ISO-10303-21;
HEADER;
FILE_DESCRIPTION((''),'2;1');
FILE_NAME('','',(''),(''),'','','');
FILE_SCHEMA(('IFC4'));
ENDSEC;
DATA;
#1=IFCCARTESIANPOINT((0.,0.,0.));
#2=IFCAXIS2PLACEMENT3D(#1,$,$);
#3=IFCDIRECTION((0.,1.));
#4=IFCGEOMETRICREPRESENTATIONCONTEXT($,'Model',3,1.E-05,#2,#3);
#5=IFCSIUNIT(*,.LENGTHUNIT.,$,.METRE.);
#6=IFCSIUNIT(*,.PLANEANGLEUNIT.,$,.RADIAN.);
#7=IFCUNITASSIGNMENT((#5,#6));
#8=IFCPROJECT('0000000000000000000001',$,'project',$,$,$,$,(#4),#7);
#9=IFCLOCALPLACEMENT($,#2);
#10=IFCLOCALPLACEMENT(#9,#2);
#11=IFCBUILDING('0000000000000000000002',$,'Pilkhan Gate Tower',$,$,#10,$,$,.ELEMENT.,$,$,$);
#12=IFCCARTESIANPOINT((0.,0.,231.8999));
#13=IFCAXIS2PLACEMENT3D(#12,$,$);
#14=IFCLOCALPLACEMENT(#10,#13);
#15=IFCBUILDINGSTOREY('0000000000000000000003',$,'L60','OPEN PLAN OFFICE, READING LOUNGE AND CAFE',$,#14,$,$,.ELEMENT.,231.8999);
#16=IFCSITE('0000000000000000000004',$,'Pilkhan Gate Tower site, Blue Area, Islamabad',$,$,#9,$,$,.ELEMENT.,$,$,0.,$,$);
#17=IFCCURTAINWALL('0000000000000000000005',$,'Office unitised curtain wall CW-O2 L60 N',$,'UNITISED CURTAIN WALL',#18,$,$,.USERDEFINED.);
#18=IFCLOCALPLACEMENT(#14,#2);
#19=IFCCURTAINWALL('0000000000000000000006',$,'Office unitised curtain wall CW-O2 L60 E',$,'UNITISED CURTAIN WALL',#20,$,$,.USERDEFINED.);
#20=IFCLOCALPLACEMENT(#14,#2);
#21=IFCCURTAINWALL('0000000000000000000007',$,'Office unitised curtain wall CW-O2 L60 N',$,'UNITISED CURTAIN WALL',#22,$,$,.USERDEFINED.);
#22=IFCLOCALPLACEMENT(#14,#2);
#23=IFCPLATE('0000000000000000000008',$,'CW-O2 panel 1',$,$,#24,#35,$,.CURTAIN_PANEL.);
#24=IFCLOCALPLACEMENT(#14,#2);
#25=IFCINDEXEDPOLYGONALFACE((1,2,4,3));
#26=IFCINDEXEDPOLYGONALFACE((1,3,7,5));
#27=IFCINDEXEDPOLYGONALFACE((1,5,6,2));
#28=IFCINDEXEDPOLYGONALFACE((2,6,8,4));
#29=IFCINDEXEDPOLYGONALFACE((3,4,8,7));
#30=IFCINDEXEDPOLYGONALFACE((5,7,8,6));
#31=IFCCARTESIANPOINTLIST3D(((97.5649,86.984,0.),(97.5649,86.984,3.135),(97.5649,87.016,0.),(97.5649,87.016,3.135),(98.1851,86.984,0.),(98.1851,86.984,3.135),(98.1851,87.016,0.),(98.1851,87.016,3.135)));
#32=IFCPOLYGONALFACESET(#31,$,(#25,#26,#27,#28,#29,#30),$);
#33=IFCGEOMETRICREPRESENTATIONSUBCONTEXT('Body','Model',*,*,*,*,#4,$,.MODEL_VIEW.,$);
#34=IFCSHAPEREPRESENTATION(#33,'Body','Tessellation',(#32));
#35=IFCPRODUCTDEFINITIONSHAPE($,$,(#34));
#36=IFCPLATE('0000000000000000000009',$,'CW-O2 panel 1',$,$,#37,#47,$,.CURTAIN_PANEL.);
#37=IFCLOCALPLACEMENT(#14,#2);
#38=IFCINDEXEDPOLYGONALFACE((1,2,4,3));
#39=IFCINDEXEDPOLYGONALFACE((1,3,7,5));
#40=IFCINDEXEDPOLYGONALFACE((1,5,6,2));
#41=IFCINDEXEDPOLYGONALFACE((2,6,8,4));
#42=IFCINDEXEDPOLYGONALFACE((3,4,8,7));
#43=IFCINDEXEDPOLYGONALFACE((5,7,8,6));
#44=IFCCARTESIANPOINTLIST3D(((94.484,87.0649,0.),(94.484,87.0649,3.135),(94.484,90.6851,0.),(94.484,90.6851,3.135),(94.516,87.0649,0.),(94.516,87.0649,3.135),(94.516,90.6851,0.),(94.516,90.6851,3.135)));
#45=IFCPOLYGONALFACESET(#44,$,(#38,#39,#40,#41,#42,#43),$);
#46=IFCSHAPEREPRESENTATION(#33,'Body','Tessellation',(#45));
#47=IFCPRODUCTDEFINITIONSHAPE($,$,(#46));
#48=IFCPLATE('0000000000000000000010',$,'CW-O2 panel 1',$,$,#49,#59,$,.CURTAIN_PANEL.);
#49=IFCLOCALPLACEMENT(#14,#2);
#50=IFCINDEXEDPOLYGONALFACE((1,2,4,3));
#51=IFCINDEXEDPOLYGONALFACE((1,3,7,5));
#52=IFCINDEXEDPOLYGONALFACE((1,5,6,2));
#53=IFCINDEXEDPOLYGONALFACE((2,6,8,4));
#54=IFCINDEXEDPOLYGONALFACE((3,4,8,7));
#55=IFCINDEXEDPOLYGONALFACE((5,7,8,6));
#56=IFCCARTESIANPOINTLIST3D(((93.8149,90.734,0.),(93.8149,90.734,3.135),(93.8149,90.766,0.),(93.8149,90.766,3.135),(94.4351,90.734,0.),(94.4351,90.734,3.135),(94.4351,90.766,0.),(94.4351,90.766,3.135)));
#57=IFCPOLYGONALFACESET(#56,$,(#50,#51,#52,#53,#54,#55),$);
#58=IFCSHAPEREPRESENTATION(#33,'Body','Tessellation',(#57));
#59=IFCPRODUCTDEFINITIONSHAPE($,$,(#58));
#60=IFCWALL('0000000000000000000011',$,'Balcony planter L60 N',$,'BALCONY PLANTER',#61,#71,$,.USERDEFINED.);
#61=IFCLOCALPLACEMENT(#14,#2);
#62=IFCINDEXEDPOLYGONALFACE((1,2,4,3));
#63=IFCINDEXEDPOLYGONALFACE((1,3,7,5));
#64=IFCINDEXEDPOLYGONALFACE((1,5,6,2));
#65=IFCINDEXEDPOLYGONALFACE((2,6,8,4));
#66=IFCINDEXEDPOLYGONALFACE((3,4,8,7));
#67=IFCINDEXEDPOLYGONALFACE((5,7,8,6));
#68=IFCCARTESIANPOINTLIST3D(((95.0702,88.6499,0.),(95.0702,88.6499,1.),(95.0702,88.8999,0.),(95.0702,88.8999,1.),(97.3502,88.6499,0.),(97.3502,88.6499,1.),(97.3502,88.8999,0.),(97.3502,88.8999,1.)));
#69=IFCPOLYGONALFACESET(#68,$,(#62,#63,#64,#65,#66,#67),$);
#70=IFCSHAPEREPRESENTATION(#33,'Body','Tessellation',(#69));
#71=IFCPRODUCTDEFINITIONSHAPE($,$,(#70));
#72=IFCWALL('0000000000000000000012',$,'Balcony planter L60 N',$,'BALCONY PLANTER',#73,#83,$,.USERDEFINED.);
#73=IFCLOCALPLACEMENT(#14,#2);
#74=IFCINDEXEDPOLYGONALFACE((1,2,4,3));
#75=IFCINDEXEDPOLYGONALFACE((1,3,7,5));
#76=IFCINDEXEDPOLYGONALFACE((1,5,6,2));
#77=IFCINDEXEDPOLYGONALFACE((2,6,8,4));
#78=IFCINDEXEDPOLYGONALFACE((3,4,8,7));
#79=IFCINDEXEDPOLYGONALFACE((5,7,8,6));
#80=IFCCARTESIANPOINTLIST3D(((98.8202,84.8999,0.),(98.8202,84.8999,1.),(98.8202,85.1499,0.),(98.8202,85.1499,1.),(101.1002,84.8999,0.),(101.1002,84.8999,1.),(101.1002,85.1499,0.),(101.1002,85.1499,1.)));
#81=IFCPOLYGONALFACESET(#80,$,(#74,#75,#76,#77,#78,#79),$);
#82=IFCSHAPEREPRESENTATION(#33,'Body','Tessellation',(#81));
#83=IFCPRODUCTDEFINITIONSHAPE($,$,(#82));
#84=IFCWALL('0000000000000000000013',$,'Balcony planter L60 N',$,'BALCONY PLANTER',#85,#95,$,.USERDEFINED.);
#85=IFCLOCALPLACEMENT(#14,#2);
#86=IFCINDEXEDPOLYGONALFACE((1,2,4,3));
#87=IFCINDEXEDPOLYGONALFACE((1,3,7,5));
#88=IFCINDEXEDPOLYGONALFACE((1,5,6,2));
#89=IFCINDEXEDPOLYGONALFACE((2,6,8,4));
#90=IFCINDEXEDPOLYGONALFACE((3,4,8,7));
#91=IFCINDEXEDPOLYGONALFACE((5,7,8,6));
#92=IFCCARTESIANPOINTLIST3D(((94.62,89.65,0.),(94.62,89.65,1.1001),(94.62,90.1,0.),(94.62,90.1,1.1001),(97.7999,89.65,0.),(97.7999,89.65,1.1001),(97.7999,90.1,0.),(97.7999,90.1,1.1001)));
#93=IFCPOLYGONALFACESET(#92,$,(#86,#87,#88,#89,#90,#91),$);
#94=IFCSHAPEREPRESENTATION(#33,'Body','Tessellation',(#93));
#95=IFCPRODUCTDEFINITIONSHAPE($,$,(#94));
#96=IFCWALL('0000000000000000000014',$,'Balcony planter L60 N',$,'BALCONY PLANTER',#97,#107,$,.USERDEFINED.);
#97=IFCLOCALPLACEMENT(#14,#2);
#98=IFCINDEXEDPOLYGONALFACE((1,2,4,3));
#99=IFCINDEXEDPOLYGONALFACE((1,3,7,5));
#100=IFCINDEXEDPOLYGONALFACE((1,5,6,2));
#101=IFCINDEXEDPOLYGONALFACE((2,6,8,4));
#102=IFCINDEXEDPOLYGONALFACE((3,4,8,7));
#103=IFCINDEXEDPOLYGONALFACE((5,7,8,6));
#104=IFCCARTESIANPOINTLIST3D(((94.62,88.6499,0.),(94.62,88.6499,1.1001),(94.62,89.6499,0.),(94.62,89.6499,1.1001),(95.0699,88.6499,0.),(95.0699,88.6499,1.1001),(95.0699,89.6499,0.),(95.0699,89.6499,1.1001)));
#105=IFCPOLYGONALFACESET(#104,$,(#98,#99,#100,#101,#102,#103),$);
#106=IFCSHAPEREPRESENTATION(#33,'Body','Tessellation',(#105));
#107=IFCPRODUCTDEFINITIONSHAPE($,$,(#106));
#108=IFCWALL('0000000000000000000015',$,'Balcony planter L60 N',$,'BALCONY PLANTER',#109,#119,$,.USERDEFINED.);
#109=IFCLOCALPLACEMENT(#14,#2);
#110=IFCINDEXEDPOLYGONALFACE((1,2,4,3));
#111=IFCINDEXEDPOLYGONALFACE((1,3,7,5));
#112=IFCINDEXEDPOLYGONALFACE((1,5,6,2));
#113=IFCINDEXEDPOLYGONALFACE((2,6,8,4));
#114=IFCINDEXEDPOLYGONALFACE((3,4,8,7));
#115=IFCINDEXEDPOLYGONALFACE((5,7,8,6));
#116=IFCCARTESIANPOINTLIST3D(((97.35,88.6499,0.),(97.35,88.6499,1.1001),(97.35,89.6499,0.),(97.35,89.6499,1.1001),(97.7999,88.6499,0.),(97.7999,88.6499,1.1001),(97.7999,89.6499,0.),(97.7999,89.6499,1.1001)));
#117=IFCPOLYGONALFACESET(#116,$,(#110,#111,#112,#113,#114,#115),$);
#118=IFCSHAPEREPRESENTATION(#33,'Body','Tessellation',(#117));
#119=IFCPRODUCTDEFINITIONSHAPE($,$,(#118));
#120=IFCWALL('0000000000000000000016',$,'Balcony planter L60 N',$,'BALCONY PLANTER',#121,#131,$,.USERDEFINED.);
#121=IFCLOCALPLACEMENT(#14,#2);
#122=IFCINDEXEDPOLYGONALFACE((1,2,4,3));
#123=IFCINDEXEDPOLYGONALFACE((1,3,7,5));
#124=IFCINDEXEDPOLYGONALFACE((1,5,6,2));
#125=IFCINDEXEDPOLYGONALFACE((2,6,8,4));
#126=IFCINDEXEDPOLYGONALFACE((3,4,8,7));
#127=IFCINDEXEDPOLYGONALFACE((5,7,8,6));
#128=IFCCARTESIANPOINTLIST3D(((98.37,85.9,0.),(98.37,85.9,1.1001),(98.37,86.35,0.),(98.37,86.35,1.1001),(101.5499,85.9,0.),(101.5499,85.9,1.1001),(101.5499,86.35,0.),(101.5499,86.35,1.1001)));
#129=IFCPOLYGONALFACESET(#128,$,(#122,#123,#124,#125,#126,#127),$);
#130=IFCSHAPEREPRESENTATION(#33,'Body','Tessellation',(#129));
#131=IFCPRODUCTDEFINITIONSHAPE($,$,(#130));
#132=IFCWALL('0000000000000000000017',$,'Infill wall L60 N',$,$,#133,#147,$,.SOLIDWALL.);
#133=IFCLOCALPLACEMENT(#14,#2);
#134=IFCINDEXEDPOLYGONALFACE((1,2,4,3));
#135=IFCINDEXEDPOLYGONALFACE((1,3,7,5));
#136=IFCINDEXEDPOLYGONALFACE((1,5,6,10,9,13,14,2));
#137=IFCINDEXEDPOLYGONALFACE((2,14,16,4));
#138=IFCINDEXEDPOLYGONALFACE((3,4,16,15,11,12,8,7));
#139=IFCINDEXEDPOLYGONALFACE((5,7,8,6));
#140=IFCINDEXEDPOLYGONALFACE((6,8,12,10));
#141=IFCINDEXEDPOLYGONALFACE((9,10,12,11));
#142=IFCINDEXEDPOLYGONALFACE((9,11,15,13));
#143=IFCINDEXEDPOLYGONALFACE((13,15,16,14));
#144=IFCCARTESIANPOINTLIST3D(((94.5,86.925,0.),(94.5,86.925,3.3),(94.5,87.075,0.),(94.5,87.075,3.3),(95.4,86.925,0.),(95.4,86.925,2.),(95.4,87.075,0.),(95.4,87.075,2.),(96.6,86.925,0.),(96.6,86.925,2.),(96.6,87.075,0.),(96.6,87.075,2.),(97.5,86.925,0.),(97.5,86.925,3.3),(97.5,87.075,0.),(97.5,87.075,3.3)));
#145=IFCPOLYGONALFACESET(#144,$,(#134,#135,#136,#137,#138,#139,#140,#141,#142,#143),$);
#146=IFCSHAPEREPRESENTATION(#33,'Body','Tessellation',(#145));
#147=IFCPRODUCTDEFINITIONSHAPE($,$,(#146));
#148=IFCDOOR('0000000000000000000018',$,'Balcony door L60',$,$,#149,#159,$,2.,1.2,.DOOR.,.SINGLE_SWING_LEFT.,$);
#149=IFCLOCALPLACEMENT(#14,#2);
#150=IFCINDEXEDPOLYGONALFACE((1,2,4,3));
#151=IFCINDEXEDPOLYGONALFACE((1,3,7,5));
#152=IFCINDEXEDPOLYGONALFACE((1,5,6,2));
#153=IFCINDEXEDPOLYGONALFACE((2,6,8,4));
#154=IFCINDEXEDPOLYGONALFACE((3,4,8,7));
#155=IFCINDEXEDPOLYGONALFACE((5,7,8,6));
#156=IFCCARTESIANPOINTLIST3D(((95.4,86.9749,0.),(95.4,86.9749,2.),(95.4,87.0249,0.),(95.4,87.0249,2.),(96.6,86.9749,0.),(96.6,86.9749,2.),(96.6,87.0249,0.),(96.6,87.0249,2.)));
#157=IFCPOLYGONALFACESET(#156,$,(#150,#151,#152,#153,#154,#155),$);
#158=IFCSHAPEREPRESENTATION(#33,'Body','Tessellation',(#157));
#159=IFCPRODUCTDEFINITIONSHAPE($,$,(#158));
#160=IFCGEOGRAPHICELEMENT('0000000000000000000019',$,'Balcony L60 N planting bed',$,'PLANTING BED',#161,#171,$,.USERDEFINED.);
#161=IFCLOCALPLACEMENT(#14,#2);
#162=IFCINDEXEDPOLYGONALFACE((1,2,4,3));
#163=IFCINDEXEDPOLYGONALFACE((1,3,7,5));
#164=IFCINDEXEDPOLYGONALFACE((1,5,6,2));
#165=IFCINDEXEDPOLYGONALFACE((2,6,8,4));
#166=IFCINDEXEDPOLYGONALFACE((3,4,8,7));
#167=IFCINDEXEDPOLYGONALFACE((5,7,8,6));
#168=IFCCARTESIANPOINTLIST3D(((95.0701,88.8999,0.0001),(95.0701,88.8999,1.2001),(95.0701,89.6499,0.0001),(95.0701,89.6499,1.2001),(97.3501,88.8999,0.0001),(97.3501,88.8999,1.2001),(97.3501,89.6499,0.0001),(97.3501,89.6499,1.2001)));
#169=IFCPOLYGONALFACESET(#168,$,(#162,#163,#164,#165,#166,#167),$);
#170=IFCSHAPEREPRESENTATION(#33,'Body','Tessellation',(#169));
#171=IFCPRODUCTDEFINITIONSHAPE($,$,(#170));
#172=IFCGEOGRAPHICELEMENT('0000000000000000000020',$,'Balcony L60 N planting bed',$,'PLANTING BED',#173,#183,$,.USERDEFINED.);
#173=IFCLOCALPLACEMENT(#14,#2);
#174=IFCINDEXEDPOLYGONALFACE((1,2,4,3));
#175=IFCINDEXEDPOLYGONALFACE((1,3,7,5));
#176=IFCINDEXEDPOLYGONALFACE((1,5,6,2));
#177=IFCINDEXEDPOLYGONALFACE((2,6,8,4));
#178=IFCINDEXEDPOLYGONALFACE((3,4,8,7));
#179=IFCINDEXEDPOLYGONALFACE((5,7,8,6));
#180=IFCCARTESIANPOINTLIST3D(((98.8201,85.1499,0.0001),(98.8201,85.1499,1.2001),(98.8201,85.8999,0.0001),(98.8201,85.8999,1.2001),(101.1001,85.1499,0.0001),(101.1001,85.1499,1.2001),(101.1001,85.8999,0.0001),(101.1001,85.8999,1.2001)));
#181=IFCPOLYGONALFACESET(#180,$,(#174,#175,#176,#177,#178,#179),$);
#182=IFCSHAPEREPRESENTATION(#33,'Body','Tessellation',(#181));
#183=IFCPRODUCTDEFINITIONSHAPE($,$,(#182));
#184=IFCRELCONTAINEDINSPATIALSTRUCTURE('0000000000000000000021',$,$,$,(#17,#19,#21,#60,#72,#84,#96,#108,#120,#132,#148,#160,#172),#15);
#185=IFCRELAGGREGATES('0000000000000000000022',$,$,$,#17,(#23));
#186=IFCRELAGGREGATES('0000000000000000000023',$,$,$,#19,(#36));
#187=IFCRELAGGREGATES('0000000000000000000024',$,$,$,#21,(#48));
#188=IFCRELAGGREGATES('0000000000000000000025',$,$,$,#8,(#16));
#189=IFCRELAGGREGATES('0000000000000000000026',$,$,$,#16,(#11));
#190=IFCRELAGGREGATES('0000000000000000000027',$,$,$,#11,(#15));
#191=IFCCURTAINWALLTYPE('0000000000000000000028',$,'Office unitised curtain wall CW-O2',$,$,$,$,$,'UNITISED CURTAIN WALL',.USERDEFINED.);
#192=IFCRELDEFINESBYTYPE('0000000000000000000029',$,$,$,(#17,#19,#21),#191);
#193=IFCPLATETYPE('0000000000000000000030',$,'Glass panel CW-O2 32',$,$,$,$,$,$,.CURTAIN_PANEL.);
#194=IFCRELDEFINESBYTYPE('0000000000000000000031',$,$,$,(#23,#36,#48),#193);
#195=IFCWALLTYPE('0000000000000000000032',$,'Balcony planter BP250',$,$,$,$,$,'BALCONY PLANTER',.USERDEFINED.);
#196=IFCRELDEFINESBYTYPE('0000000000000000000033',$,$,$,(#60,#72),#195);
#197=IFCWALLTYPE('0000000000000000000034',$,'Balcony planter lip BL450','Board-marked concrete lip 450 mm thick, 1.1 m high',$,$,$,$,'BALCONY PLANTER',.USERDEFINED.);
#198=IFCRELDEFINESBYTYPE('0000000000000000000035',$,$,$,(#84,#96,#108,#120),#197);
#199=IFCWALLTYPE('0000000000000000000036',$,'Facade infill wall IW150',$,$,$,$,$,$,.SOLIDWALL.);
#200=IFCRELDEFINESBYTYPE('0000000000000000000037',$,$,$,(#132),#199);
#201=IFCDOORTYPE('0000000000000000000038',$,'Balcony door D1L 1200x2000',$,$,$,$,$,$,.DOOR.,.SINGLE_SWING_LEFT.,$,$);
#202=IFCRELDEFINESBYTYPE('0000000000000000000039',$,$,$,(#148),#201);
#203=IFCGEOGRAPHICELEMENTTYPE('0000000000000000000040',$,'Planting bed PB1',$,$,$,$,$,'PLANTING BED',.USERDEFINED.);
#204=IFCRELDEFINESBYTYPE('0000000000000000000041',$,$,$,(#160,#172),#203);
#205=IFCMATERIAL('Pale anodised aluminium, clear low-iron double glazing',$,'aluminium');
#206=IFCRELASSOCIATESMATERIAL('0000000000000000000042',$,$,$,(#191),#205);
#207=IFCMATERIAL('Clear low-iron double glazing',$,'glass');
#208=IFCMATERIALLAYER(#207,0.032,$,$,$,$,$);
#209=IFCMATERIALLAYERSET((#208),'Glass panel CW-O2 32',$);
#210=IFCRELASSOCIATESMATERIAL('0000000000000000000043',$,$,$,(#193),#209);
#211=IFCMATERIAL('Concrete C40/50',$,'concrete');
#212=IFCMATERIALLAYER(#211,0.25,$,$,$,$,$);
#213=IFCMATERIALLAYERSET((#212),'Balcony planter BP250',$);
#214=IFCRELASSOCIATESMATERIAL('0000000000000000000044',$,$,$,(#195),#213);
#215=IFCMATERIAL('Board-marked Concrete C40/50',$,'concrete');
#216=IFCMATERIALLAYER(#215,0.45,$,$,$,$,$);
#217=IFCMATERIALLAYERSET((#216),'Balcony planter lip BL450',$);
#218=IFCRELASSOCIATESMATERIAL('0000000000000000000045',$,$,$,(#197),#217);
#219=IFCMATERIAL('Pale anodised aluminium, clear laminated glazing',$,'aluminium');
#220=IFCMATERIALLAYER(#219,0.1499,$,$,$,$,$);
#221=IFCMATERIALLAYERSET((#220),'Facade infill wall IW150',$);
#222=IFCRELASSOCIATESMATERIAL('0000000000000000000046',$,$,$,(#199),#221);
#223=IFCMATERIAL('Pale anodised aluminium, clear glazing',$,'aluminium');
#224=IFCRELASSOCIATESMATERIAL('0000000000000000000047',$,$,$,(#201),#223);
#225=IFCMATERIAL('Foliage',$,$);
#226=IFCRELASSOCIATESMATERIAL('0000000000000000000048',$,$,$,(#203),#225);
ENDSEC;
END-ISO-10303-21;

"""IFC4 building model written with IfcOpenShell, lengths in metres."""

from ifc_helpers import new_model, si_unit, direction, frame, frame_2d, origin, origin_2d, place, context, subcontext, project, spatial, rectangle, extrude, material, layer, layer_set, material_profile, profile_set, type_object, element, fill, aggregate, save


model = new_model("IFC4")

# Units and contexts
model_context = context("Model", 3, precision=1e-05, world=origin(), true_north=direction((0.0, 1.0)))
body_context = subcontext(model_context, "Body", "Model", "MODEL_VIEW")
ifc_project = project(units=[si_unit("LENGTHUNIT", "METRE"), si_unit("PLANEANGLEUNIT", "RADIAN")], contexts=[model_context])

# Site, building, storey
site_placement = place(None, origin())
site = spatial("IfcSite", under=ifc_project, at=site_placement, Name="Pilkhan Gate Tower site, Blue Area, Islamabad", CompositionType="ELEMENT", RefElevation=0.0)
building_placement = place(site_placement, origin())
building = spatial("IfcBuilding", under=site, at=building_placement, Name="Pilkhan Gate Tower", CompositionType="ELEMENT")
storey_placement = place(building_placement, frame((0.0, 0.0, 231.8999)))
storey = spatial("IfcBuildingStorey", under=building, at=storey_placement, Name="L60", Description="OPEN PLAN OFFICE, READING LOUNGE AND CAFE", CompositionType="ELEMENT", Elevation=231.8999)

# Shared definitions
ifc_material_1 = material(Name="Pale anodised aluminium, clear low-iron double glazing", Category="aluminium")
curtain_wall_type = type_object("IfcCurtainWallType", Name="Office unitised curtain wall CW-O2", ElementType="UNITISED CURTAIN WALL", PredefinedType="USERDEFINED", material=ifc_material_1)

# Curtain walls
curtain_wall_1_placement = place(storey_placement, origin())
curtain_wall_1 = element("IfcCurtainWall", 1, at=curtain_wall_1_placement, inside=storey, type_object=curtain_wall_type, Name="Office unitised curtain wall CW-O2 L60 N", ObjectType="UNITISED CURTAIN WALL", PredefinedType="USERDEFINED")
curtain_wall_2_placement = place(storey_placement, origin())
curtain_wall_2 = element("IfcCurtainWall", 2, at=curtain_wall_2_placement, inside=storey, type_object=curtain_wall_type, Name="Office unitised curtain wall CW-O2 L60 E", ObjectType="UNITISED CURTAIN WALL", PredefinedType="USERDEFINED")

# Curtain wall
curtain_wall_3_placement = place(storey_placement, origin())
curtain_wall_3 = element("IfcCurtainWall", 3, at=curtain_wall_3_placement, inside=storey, type_object=curtain_wall_type, Name="Office unitised curtain wall CW-O2 L60 N", ObjectType="UNITISED CURTAIN WALL", PredefinedType="USERDEFINED")

# Plates
ifc_material_2 = material(Name="Clear low-iron double glazing", Category="glass")
ifc_layer_1 = layer(ifc_material_2, 0.032)
ifc_layer_set_1 = layer_set([ifc_layer_1], Name="Glass panel CW-O2 32")
plate_type = type_object("IfcPlateType", Name="Glass panel CW-O2 32", PredefinedType="CURTAIN_PANEL", material=ifc_layer_set_1)
plate_1_placement = place(storey_placement, frame((97.875, 87.0, 0.0), z_axis=(0.0, 0.0, 1.0), x_axis=(1.0, 0.0, 0.0)))
plate_1 = element("IfcPlate", 4, at=plate_1_placement, type_object=plate_type, Name="CW-O2 panel 1", PredefinedType="CURTAIN_PANEL", context=body_context, shape_type="SweptSolid", body=[
    extrude(rectangle(XDim=0.6201, YDim=0.032, at=origin_2d()), origin(), (0.0, 0.0, 1.0), 3.135),
])
aggregate(curtain_wall_1, [plate_1])
plate_2_placement = place(storey_placement, frame((94.5, 88.875, 0.0), z_axis=(0.0, 0.0, 1.0), x_axis=(0.0, 1.0, 0.0)))
plate_2 = element("IfcPlate", 5, at=plate_2_placement, type_object=plate_type, Name="CW-O2 panel 1", PredefinedType="CURTAIN_PANEL", context=body_context, shape_type="SweptSolid", body=[
    extrude(rectangle(XDim=3.6201, YDim=0.032, at=origin_2d()), origin(), (0.0, 0.0, 1.0), 3.135),
])
aggregate(curtain_wall_2, [plate_2])
plate_3_placement = place(storey_placement, frame((94.125, 90.75, 0.0), z_axis=(0.0, 0.0, 1.0), x_axis=(1.0, 0.0, 0.0)))
plate_3 = element("IfcPlate", 6, at=plate_3_placement, type_object=plate_type, Name="CW-O2 panel 1", PredefinedType="CURTAIN_PANEL", context=body_context, shape_type="SweptSolid", body=[
    extrude(rectangle(XDim=0.6201, YDim=0.032, at=origin_2d()), origin(), (0.0, 0.0, 1.0), 3.135),
])
aggregate(curtain_wall_3, [plate_3])

# Walls
ifc_material_3 = material(Name="Concrete C40/50", Category="concrete")
ifc_layer_2 = layer(ifc_material_3, 0.25)
ifc_layer_set_2 = layer_set([ifc_layer_2], Name="Balcony planter BP250")
wall_type_1 = type_object("IfcWallType", Name="Balcony planter BP250", ElementType="BALCONY PLANTER", PredefinedType="USERDEFINED", material=ifc_layer_set_2)
for number, where, z_axis, x_axis, name in (
    (7, (95.0701, 88.7749, 0.0), (0.0, 0.0, 1.0), (1.0, 0.0, 0.0), "Balcony planter L60 N"),
    (8, (98.8201, 85.0249, 0.0), (0.0, 0.0, 1.0), (1.0, 0.0, 0.0), "Balcony planter L60 N"),
):
    element("IfcWall", number, at=place(storey_placement, frame(where, z_axis=z_axis, x_axis=x_axis)), inside=storey, type_object=wall_type_1, Name=name, ObjectType="BALCONY PLANTER", PredefinedType="USERDEFINED", context=body_context, shape_type="SweptSolid", body=[
        extrude(rectangle(XDim=2.28, YDim=0.25, at=frame_2d((1.1401, 0.0))), origin(), (0.0, 0.0, 1.0), 1.0),
    ])
ifc_material_4 = material(Name="Board-marked Concrete C40/50", Category="concrete")
ifc_layer_3 = layer(ifc_material_4, 0.45)
ifc_layer_set_3 = layer_set([ifc_layer_3], Name="Balcony planter lip BL450")
wall_type_2 = type_object("IfcWallType", Name="Balcony planter lip BL450", Description="Board-marked concrete lip 450 mm thick, 1.1 m high", ElementType="BALCONY PLANTER", PredefinedType="USERDEFINED", material=ifc_layer_set_3)
wall_1_placement = place(storey_placement, frame((94.6201, 89.875, 0.0), z_axis=(0.0, 0.0, 1.0), x_axis=(1.0, 0.0, 0.0)))
element("IfcWall", 9, at=wall_1_placement, inside=storey, type_object=wall_type_2, Name="Balcony planter L60 N", ObjectType="BALCONY PLANTER", PredefinedType="USERDEFINED", context=body_context, shape_type="SweptSolid", body=[
    extrude(rectangle(XDim=3.1799, YDim=0.45, at=frame_2d((1.5898, 0.0))), origin(), (0.0, 0.0, 1.0), 1.1001),
])
for number, where, z_axis, x_axis, name in (
    (10, (94.845, 88.6499, 0.0), (0.0, 0.0, 1.0), (0.0, 1.0, 0.0), "Balcony planter L60 N"),
    (11, (97.575, 88.6499, 0.0), (0.0, 0.0, 1.0), (0.0, 1.0, 0.0), "Balcony planter L60 N"),
):
    element("IfcWall", number, at=place(storey_placement, frame(where, z_axis=z_axis, x_axis=x_axis)), inside=storey, type_object=wall_type_2, Name=name, ObjectType="BALCONY PLANTER", PredefinedType="USERDEFINED", context=body_context, shape_type="SweptSolid", body=[
        extrude(rectangle(XDim=1.0, YDim=0.45, at=frame_2d((0.5, 0.0))), origin(), (0.0, 0.0, 1.0), 1.1001),
    ])
wall_2_placement = place(storey_placement, frame((98.3701, 86.125, 0.0), z_axis=(0.0, 0.0, 1.0), x_axis=(1.0, 0.0, 0.0)))
element("IfcWall", 12, at=wall_2_placement, inside=storey, type_object=wall_type_2, Name="Balcony planter L60 N", ObjectType="BALCONY PLANTER", PredefinedType="USERDEFINED", context=body_context, shape_type="SweptSolid", body=[
    extrude(rectangle(XDim=3.1799, YDim=0.45, at=frame_2d((1.5898, 0.0))), origin(), (0.0, 0.0, 1.0), 1.1001),
])

# Wall, opening, door
ifc_material_5 = material(Name="Pale anodised aluminium, clear laminated glazing", Category="aluminium")
ifc_layer_4 = layer(ifc_material_5, 0.1499)
ifc_layer_set_4 = layer_set([ifc_layer_4], Name="Facade infill wall IW150")
wall_type_3 = type_object("IfcWallType", Name="Facade infill wall IW150", PredefinedType="SOLIDWALL", material=ifc_layer_set_4)
wall_3_placement = place(storey_placement, frame((94.5, 87.0, 0.0), z_axis=(0.0, 0.0, 1.0), x_axis=(1.0, 0.0, 0.0)))
wall_3 = element("IfcWall", 13, at=wall_3_placement, inside=storey, type_object=wall_type_3, Name="Infill wall L60 N", PredefinedType="SOLIDWALL", context=body_context, shape_type="SweptSolid", body=[
    extrude(rectangle(XDim=3.0, YDim=0.1499, at=frame_2d((1.5, 0.0))), origin(), (0.0, 0.0, 1.0), 3.3),
])
opening_placement = place(wall_3_placement, frame((0.8999, 0.0, 0.0)))
opening = element("IfcOpeningElement", 14, at=opening_placement, cuts=wall_3, PredefinedType="OPENING", context=body_context, shape_type="SweptSolid", body=[
    extrude(rectangle(XDim=1.2, YDim=2.0, at=frame_2d((0.6001, 1.0))), frame((0.0, 0.085, 0.0), z_axis=(0.0, -1.0, 0.0), x_axis=(1.0, 0.0, 0.0)), (0.0, 0.0, 1.0), 0.1699),
])
ifc_material_6 = material(Name="Pale anodised aluminium, clear glazing", Category="aluminium")
door_type = type_object("IfcDoorType", Name="Balcony door D1L 1200x2000", OperationType="SINGLE_SWING_LEFT", PredefinedType="DOOR", material=ifc_material_6)
door_placement = place(opening_placement, origin())
door = element("IfcDoor", 15, at=door_placement, inside=storey, type_object=door_type, Name="Balcony door L60", OperationType="SINGLE_SWING_LEFT", OverallHeight=2.0, OverallWidth=1.2, PredefinedType="DOOR", context=body_context, shape_type="SweptSolid", body=[
    extrude(rectangle(XDim=1.2, YDim=2.0, at=frame_2d((0.6001, 1.0))), frame((0.0, 0.0249, 0.0), z_axis=(0.0, -1.0, 0.0), x_axis=(1.0, 0.0, 0.0)), (0.0, 0.0, 1.0), 0.05),
])
fill(opening, door)

# Geographic elements
ifc_material_7 = material(Name="Foliage")
ifc_material_profile_1 = material_profile(ifc_material_7, rectangle(XDim=0.75, YDim=1.2, at=origin_2d()), Name="Bed 750x1200")
ifc_profile_set_1 = profile_set([ifc_material_profile_1], Name="Foliage")
geographic_element_type_1 = type_object("IfcGeographicElementType", Name="Planting bed PB1", ElementType="PLANTING BED", PredefinedType="USERDEFINED", material=ifc_profile_set_1)
for number, where, z_axis, x_axis, name in (
    (16, (95.0701, 89.2749, 0.6001), (1.0, 0.0, 0.0), (0.0, 1.0, 0.0), "Balcony L60 N planting bed"),
    (17, (98.8201, 85.5249, 0.6001), (1.0, 0.0, 0.0), (0.0, 1.0, 0.0), "Balcony L60 N planting bed"),
):
    element("IfcGeographicElement", number, at=place(storey_placement, frame(where, z_axis=z_axis, x_axis=x_axis)), inside=storey, type_object=geographic_element_type_1, Name=name, ObjectType="PLANTING BED", PredefinedType="USERDEFINED", context=body_context, shape_type="SweptSolid", body=[
        extrude(rectangle(XDim=0.75, YDim=1.2, at=origin_2d()), origin(), (0.0, 0.0, 1.0), 2.28),
    ])

save(model, "model.ifc")
